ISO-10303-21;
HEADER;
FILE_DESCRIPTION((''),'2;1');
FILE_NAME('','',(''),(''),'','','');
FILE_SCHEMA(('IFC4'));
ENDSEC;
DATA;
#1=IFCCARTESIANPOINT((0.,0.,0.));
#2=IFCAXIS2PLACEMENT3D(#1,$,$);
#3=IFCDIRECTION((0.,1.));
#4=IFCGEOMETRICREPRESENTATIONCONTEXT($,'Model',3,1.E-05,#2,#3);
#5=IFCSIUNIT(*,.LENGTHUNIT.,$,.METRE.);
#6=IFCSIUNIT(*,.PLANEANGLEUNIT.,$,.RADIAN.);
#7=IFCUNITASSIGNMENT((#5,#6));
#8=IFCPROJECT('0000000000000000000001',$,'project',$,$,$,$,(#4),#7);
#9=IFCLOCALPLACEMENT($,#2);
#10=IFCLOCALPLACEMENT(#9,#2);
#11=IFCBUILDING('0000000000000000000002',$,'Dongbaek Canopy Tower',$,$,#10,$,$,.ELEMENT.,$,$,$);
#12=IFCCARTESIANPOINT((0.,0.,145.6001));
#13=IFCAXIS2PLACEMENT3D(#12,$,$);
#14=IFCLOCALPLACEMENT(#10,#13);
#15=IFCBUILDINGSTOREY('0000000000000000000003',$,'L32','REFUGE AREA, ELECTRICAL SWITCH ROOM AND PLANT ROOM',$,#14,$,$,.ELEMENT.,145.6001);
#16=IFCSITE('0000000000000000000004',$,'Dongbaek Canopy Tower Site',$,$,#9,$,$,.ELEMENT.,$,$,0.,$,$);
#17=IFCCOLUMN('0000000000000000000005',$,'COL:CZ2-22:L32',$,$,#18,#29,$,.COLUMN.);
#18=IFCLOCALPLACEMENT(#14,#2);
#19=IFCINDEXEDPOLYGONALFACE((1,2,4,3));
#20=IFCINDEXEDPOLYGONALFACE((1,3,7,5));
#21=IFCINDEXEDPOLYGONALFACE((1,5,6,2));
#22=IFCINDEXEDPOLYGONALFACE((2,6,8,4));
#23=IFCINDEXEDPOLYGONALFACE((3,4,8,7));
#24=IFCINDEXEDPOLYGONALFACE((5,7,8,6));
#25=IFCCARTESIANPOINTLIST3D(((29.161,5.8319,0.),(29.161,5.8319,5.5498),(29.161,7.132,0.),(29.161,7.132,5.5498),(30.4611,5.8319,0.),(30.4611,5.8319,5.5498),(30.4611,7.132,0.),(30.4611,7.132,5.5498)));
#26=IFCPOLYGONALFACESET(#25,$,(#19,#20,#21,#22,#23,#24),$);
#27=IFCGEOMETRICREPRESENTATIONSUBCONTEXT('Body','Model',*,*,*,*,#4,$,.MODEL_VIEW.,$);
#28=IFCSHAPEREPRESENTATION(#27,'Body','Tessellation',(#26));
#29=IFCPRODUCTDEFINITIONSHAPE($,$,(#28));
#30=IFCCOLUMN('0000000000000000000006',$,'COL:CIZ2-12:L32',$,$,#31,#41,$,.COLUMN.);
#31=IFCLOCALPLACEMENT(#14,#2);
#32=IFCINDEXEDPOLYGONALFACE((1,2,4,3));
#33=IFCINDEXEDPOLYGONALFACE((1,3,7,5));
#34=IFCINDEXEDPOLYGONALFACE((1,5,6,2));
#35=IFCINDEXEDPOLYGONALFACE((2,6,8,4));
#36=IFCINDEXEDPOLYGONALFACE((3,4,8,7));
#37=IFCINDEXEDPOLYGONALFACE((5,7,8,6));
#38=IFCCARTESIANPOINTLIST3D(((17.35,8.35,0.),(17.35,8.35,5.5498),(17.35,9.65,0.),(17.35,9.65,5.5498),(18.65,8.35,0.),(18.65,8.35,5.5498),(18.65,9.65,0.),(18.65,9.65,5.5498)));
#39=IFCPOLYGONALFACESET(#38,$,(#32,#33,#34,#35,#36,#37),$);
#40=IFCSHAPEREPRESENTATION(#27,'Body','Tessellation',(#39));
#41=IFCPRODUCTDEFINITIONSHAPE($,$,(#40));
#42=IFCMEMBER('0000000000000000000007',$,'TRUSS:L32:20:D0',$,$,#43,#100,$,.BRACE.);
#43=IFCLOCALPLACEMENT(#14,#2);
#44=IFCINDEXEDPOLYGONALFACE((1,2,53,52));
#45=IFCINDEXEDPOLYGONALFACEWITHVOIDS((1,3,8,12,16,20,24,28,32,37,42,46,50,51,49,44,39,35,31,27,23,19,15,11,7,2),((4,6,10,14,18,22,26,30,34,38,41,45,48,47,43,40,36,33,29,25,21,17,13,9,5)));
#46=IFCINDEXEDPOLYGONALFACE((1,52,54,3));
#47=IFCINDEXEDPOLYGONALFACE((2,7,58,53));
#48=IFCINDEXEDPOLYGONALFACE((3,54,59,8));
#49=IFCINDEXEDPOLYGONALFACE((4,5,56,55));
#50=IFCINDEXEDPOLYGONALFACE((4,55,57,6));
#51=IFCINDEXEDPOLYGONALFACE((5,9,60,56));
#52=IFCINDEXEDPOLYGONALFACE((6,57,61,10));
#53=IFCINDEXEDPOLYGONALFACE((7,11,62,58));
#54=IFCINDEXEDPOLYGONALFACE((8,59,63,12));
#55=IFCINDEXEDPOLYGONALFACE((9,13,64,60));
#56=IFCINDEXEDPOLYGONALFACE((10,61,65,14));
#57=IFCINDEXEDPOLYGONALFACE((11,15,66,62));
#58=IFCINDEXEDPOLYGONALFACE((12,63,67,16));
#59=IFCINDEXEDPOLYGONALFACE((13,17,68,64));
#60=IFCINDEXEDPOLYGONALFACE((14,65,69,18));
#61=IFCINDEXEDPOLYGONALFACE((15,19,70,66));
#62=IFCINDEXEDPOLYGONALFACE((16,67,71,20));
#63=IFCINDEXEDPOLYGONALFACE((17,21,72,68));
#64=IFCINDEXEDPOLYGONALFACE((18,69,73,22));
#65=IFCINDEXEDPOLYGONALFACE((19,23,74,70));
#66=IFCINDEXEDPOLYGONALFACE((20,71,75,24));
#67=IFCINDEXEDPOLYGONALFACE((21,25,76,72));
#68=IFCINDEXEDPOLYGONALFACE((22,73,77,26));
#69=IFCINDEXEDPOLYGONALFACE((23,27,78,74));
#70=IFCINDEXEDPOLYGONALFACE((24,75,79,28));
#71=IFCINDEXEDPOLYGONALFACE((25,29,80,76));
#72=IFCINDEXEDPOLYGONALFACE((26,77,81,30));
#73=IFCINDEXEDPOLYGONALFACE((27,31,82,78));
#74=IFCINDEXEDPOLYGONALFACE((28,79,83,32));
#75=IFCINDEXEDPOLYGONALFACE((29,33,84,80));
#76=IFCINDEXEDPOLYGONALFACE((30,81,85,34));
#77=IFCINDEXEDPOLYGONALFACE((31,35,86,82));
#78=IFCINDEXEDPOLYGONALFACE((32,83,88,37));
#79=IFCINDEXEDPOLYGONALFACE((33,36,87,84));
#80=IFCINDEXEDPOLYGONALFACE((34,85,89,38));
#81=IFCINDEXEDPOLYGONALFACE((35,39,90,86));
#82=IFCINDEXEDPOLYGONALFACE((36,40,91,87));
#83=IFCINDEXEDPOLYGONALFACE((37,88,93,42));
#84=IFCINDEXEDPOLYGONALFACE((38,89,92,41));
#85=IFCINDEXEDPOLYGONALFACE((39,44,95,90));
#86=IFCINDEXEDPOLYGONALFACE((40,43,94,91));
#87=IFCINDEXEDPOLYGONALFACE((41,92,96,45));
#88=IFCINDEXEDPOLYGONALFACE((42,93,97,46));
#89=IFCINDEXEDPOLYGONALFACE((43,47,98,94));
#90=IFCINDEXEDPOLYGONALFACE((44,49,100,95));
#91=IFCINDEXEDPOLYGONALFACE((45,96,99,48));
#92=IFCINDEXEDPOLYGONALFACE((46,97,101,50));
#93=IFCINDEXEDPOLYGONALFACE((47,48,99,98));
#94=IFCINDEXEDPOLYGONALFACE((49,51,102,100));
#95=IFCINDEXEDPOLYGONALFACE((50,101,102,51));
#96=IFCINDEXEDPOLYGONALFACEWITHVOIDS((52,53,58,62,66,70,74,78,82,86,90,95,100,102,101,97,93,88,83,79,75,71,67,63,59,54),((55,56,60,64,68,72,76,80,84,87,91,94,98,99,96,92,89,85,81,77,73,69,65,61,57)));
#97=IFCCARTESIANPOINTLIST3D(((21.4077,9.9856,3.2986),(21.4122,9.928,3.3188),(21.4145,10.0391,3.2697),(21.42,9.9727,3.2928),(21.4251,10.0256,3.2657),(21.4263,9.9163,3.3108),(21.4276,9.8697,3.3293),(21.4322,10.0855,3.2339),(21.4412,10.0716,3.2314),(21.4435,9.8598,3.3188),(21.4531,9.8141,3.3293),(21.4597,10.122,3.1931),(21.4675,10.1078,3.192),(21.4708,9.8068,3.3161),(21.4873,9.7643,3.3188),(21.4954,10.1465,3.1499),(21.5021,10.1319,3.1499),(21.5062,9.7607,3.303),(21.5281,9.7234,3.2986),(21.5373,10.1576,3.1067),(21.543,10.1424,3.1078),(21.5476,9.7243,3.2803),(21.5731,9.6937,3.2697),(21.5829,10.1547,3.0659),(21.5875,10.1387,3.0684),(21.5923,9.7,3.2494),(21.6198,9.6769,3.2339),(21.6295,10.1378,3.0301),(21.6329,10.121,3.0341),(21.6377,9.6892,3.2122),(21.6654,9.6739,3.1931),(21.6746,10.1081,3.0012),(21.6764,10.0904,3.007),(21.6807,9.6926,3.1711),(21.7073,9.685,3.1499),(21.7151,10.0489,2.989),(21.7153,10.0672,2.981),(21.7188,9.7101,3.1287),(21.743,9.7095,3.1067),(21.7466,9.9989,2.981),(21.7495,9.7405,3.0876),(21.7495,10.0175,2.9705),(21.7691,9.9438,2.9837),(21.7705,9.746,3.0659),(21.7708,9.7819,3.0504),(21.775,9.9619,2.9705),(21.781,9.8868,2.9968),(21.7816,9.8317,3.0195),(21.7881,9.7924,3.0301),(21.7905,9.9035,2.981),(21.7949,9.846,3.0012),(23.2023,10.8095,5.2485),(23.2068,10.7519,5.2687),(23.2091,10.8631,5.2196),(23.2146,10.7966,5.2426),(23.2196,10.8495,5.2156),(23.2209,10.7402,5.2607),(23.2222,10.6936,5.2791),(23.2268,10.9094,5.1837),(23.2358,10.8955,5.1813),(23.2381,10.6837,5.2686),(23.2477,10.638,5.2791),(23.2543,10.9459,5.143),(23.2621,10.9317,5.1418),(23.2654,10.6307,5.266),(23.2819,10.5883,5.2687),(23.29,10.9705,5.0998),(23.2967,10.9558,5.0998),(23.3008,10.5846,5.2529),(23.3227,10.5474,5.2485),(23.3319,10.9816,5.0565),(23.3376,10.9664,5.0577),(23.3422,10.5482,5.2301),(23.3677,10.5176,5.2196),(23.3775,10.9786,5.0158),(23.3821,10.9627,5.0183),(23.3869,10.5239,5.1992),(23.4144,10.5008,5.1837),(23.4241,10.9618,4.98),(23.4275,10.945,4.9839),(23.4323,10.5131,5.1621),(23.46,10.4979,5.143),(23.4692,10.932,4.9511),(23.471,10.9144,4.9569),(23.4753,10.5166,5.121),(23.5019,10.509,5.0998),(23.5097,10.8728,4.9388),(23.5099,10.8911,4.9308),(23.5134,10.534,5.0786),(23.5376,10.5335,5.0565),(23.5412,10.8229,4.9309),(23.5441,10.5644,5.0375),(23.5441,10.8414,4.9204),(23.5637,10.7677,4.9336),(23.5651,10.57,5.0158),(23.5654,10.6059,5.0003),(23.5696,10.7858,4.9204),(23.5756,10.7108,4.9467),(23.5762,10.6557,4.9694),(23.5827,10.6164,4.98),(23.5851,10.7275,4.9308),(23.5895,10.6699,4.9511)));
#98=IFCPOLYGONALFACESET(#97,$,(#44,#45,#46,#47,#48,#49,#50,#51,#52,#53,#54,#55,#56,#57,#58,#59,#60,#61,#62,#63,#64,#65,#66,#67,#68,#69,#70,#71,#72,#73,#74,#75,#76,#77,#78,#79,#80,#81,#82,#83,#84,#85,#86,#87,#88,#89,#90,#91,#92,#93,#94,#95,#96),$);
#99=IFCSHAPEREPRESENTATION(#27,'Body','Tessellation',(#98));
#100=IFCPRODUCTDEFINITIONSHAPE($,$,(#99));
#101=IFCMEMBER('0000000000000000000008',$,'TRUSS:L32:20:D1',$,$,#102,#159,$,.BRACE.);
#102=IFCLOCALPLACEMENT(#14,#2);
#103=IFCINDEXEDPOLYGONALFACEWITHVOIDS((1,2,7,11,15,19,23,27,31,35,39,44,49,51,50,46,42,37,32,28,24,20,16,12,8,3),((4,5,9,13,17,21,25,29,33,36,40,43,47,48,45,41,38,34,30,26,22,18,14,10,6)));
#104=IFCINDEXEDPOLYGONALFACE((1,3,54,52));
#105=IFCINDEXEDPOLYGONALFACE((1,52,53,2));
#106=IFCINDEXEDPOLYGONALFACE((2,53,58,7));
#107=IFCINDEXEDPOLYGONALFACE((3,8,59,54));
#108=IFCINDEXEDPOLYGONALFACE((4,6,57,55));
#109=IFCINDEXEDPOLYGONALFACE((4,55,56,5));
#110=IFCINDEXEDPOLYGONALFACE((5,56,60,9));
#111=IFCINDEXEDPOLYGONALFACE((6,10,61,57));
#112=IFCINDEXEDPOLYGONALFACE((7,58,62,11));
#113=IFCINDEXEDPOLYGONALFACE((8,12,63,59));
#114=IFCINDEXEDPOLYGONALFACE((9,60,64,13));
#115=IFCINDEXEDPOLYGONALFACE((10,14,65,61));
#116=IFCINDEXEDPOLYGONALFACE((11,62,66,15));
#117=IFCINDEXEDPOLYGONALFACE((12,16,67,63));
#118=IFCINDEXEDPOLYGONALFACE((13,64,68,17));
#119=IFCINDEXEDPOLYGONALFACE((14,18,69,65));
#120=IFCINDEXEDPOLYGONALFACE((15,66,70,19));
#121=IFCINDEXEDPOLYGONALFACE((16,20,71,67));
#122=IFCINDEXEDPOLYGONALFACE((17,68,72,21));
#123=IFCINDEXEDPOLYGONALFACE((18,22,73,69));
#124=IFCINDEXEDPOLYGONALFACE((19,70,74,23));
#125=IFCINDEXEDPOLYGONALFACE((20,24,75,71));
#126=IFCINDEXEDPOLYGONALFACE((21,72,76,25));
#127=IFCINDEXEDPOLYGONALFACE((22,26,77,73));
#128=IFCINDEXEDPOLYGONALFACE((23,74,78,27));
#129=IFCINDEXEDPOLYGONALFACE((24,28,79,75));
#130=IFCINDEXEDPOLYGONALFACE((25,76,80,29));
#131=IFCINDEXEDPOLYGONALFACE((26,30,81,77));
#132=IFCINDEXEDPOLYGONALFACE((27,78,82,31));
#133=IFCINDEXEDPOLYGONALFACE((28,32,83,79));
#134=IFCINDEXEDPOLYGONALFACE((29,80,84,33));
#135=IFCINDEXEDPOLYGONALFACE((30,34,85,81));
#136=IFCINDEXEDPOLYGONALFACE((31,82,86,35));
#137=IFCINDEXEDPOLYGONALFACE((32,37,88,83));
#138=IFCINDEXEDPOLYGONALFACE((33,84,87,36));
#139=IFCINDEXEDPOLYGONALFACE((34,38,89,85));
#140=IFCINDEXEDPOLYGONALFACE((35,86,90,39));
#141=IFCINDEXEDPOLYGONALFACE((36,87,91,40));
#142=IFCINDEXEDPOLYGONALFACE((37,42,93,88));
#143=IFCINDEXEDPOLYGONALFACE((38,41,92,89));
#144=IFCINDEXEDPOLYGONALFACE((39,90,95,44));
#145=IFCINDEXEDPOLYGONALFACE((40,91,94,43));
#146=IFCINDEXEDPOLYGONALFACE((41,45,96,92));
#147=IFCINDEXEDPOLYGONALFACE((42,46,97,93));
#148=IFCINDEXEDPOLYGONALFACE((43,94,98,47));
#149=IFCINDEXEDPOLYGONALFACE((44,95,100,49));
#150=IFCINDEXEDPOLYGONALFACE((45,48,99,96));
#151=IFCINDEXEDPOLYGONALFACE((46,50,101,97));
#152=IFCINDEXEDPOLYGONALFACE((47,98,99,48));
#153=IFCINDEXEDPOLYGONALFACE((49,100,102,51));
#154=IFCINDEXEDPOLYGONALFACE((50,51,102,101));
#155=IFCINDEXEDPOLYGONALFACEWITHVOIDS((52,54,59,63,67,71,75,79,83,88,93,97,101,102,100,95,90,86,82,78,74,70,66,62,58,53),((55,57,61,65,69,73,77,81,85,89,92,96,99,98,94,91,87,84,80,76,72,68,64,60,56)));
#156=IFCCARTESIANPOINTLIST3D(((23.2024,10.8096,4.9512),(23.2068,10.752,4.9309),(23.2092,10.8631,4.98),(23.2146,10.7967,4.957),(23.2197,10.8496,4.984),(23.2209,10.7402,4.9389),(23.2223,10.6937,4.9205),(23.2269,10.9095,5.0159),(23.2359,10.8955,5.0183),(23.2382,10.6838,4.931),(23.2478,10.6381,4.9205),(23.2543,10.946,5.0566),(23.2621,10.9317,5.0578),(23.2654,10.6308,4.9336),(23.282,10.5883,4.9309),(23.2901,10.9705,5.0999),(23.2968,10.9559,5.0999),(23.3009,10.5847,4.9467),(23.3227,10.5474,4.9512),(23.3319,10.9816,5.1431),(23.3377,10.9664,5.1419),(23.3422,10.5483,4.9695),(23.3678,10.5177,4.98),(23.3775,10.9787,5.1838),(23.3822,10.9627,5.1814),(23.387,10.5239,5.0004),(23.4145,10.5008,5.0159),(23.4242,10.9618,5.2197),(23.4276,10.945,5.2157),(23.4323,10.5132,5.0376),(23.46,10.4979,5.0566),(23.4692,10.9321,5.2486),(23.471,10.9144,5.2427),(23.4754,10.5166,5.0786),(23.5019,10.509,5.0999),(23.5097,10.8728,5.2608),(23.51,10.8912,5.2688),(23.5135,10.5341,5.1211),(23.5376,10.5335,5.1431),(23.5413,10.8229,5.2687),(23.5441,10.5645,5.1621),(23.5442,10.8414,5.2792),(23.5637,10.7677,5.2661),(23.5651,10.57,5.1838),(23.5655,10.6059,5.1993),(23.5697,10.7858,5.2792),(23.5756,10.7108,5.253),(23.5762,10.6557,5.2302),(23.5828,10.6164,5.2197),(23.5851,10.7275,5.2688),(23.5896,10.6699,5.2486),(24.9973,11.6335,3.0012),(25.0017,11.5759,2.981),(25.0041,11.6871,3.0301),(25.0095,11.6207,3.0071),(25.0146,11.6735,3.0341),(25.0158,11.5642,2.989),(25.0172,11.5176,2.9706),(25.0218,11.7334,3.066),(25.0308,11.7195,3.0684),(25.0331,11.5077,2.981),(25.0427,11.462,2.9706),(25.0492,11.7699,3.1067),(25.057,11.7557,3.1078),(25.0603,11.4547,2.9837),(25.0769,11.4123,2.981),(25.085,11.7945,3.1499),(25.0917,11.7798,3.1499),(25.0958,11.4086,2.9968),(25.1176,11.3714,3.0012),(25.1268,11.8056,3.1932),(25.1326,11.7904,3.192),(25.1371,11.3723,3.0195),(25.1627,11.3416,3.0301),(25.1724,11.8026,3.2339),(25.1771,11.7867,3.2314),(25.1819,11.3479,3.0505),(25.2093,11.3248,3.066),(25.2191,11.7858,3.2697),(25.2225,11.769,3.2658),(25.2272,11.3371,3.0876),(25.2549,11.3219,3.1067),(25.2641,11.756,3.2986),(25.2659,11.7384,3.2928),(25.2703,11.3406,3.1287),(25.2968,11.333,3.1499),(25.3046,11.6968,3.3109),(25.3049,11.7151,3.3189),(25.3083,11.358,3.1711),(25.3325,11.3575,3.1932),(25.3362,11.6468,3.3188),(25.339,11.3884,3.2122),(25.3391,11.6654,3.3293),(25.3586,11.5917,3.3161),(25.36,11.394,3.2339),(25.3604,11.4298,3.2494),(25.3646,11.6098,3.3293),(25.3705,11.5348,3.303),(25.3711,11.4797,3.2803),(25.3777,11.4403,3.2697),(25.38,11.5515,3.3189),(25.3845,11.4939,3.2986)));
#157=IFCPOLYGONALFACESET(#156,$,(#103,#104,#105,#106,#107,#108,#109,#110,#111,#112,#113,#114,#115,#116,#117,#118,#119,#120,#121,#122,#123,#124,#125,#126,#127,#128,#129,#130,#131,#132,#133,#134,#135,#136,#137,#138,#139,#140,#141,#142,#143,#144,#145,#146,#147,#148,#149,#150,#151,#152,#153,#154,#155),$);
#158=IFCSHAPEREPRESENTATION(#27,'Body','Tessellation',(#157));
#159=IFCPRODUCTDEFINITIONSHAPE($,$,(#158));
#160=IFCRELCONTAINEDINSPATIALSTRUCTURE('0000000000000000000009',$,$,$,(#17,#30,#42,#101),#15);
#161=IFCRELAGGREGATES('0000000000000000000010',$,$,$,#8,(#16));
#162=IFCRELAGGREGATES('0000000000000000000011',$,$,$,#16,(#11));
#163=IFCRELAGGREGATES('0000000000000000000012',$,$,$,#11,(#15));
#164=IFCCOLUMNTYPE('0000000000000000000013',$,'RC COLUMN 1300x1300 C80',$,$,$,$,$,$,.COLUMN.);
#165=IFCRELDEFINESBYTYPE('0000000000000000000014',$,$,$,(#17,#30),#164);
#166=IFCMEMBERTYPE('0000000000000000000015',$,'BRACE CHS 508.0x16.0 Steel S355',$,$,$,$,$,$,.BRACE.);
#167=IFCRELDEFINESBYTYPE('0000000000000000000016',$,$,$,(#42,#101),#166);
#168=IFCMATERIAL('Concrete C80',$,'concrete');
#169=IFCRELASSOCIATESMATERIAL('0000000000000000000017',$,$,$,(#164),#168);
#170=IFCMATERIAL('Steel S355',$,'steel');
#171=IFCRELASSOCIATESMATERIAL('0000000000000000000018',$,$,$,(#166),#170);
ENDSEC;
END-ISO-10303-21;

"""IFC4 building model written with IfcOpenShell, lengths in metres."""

from ifc_helpers import new_model, si_unit, direction, frame, origin, origin_2d, place, context, subcontext, project, spatial, rectangle, hollow_circle, extrude, material, material_profile, profile_set, type_object, element, save


model = new_model("IFC4")

# Units and contexts
model_context = context("Model", 3, precision=1e-05, world=origin(), true_north=direction((0.0, 1.0)))
body_context = subcontext(model_context, "Body", "Model", "MODEL_VIEW")
ifc_project = project(units=[si_unit("LENGTHUNIT", "METRE"), si_unit("PLANEANGLEUNIT", "RADIAN")], contexts=[model_context])

# Site, building, storey
site_placement = place(None, origin())
site = spatial("IfcSite", under=ifc_project, at=site_placement, Name="Dongbaek Canopy Tower Site", CompositionType="ELEMENT", RefElevation=0.0)
building_placement = place(site_placement, origin())
building = spatial("IfcBuilding", under=site, at=building_placement, Name="Dongbaek Canopy Tower", CompositionType="ELEMENT")
storey_placement = place(building_placement, frame((0.0, 0.0, 145.6001)))
storey = spatial("IfcBuildingStorey", under=building, at=storey_placement, Name="L32", Description="REFUGE AREA, ELECTRICAL SWITCH ROOM AND PLANT ROOM", CompositionType="ELEMENT", Elevation=145.6001)

# Columns
ifc_material_1 = material(Name="Concrete C80", Category="concrete")
ifc_material_profile_1 = material_profile(ifc_material_1, rectangle(XDim=1.3, YDim=1.3, at=origin_2d()), Name="RC COLUMN 1300x1300 C80")
ifc_profile_set_1 = profile_set([ifc_material_profile_1], Name="Concrete C80")
column_type = type_object("IfcColumnType", Name="RC COLUMN 1300x1300 C80", PredefinedType="COLUMN", material=ifc_profile_set_1)
for number, where, z_axis, x_axis, name in (
    (1, (29.811, 6.4819, 0.0), (0.0, 0.0, 1.0), (1.0, 0.0, 0.0), "COL:CZ2-22:L32"),
    (2, (18.0, 9.0, 0.0), (0.0, 0.0, 1.0), (1.0, 0.0, 0.0), "COL:CIZ2-12:L32"),
):
    element("IfcColumn", number, at=place(storey_placement, frame(where, z_axis=z_axis, x_axis=x_axis)), inside=storey, type_object=column_type, Name=name, PredefinedType="COLUMN", context=body_context, shape_type="SweptSolid", body=[
        extrude(rectangle(XDim=1.3, YDim=1.3, at=origin_2d()), origin(), (0.0, 0.0, 1.0), 5.5498),
    ])

# Members
ifc_material_2 = material(Name="Steel S355", Category="steel")
ifc_material_profile_2 = material_profile(ifc_material_2, hollow_circle(Radius=0.2539, WallThickness=0.0161, at=origin_2d()), Name="BRACE CHS 508.0x16.0 Steel S355")
ifc_profile_set_2 = profile_set([ifc_material_profile_2], Name="Steel S355")
member_type_1 = type_object("IfcMemberType", Name="BRACE CHS 508.0x16.0 Steel S355", PredefinedType="BRACE", material=ifc_profile_set_2)
member_1_placement = place(storey_placement, frame((21.6013, 9.9158, 3.1499), z_axis=(0.646668, 0.296899, 0.702617), x_axis=(-0.417246, 0.908793, 0.0)))
element("IfcMember", 3, at=member_1_placement, inside=storey, type_object=member_type_1, Name="TRUSS:L32:20:D0", PredefinedType="BRACE", context=body_context, shape_type="SweptSolid", body=[
    extrude(hollow_circle(Radius=0.2539, WallThickness=0.0161, at=origin_2d()), origin(), (0.0, 0.0, 1.0), 2.7751),
])
for number, where, z_axis, x_axis, name in (
    (4, (23.396, 10.7397, 5.0999), (0.646719, 0.296882, -0.702577), (-0.417199, 0.908815, 0.0), "TRUSS:L32:20:D1"),
):
    element("IfcMember", number, at=place(storey_placement, frame(where, z_axis=z_axis, x_axis=x_axis)), inside=storey, type_object=member_type_1, Name=name, PredefinedType="BRACE", context=body_context, shape_type="SweptSolid", body=[
        extrude(hollow_circle(Radius=0.2539, WallThickness=0.0161, at=origin_2d()), origin(), (0.0, 0.0, 1.0), 2.7754),
    ])

save(model, "model.ifc")
